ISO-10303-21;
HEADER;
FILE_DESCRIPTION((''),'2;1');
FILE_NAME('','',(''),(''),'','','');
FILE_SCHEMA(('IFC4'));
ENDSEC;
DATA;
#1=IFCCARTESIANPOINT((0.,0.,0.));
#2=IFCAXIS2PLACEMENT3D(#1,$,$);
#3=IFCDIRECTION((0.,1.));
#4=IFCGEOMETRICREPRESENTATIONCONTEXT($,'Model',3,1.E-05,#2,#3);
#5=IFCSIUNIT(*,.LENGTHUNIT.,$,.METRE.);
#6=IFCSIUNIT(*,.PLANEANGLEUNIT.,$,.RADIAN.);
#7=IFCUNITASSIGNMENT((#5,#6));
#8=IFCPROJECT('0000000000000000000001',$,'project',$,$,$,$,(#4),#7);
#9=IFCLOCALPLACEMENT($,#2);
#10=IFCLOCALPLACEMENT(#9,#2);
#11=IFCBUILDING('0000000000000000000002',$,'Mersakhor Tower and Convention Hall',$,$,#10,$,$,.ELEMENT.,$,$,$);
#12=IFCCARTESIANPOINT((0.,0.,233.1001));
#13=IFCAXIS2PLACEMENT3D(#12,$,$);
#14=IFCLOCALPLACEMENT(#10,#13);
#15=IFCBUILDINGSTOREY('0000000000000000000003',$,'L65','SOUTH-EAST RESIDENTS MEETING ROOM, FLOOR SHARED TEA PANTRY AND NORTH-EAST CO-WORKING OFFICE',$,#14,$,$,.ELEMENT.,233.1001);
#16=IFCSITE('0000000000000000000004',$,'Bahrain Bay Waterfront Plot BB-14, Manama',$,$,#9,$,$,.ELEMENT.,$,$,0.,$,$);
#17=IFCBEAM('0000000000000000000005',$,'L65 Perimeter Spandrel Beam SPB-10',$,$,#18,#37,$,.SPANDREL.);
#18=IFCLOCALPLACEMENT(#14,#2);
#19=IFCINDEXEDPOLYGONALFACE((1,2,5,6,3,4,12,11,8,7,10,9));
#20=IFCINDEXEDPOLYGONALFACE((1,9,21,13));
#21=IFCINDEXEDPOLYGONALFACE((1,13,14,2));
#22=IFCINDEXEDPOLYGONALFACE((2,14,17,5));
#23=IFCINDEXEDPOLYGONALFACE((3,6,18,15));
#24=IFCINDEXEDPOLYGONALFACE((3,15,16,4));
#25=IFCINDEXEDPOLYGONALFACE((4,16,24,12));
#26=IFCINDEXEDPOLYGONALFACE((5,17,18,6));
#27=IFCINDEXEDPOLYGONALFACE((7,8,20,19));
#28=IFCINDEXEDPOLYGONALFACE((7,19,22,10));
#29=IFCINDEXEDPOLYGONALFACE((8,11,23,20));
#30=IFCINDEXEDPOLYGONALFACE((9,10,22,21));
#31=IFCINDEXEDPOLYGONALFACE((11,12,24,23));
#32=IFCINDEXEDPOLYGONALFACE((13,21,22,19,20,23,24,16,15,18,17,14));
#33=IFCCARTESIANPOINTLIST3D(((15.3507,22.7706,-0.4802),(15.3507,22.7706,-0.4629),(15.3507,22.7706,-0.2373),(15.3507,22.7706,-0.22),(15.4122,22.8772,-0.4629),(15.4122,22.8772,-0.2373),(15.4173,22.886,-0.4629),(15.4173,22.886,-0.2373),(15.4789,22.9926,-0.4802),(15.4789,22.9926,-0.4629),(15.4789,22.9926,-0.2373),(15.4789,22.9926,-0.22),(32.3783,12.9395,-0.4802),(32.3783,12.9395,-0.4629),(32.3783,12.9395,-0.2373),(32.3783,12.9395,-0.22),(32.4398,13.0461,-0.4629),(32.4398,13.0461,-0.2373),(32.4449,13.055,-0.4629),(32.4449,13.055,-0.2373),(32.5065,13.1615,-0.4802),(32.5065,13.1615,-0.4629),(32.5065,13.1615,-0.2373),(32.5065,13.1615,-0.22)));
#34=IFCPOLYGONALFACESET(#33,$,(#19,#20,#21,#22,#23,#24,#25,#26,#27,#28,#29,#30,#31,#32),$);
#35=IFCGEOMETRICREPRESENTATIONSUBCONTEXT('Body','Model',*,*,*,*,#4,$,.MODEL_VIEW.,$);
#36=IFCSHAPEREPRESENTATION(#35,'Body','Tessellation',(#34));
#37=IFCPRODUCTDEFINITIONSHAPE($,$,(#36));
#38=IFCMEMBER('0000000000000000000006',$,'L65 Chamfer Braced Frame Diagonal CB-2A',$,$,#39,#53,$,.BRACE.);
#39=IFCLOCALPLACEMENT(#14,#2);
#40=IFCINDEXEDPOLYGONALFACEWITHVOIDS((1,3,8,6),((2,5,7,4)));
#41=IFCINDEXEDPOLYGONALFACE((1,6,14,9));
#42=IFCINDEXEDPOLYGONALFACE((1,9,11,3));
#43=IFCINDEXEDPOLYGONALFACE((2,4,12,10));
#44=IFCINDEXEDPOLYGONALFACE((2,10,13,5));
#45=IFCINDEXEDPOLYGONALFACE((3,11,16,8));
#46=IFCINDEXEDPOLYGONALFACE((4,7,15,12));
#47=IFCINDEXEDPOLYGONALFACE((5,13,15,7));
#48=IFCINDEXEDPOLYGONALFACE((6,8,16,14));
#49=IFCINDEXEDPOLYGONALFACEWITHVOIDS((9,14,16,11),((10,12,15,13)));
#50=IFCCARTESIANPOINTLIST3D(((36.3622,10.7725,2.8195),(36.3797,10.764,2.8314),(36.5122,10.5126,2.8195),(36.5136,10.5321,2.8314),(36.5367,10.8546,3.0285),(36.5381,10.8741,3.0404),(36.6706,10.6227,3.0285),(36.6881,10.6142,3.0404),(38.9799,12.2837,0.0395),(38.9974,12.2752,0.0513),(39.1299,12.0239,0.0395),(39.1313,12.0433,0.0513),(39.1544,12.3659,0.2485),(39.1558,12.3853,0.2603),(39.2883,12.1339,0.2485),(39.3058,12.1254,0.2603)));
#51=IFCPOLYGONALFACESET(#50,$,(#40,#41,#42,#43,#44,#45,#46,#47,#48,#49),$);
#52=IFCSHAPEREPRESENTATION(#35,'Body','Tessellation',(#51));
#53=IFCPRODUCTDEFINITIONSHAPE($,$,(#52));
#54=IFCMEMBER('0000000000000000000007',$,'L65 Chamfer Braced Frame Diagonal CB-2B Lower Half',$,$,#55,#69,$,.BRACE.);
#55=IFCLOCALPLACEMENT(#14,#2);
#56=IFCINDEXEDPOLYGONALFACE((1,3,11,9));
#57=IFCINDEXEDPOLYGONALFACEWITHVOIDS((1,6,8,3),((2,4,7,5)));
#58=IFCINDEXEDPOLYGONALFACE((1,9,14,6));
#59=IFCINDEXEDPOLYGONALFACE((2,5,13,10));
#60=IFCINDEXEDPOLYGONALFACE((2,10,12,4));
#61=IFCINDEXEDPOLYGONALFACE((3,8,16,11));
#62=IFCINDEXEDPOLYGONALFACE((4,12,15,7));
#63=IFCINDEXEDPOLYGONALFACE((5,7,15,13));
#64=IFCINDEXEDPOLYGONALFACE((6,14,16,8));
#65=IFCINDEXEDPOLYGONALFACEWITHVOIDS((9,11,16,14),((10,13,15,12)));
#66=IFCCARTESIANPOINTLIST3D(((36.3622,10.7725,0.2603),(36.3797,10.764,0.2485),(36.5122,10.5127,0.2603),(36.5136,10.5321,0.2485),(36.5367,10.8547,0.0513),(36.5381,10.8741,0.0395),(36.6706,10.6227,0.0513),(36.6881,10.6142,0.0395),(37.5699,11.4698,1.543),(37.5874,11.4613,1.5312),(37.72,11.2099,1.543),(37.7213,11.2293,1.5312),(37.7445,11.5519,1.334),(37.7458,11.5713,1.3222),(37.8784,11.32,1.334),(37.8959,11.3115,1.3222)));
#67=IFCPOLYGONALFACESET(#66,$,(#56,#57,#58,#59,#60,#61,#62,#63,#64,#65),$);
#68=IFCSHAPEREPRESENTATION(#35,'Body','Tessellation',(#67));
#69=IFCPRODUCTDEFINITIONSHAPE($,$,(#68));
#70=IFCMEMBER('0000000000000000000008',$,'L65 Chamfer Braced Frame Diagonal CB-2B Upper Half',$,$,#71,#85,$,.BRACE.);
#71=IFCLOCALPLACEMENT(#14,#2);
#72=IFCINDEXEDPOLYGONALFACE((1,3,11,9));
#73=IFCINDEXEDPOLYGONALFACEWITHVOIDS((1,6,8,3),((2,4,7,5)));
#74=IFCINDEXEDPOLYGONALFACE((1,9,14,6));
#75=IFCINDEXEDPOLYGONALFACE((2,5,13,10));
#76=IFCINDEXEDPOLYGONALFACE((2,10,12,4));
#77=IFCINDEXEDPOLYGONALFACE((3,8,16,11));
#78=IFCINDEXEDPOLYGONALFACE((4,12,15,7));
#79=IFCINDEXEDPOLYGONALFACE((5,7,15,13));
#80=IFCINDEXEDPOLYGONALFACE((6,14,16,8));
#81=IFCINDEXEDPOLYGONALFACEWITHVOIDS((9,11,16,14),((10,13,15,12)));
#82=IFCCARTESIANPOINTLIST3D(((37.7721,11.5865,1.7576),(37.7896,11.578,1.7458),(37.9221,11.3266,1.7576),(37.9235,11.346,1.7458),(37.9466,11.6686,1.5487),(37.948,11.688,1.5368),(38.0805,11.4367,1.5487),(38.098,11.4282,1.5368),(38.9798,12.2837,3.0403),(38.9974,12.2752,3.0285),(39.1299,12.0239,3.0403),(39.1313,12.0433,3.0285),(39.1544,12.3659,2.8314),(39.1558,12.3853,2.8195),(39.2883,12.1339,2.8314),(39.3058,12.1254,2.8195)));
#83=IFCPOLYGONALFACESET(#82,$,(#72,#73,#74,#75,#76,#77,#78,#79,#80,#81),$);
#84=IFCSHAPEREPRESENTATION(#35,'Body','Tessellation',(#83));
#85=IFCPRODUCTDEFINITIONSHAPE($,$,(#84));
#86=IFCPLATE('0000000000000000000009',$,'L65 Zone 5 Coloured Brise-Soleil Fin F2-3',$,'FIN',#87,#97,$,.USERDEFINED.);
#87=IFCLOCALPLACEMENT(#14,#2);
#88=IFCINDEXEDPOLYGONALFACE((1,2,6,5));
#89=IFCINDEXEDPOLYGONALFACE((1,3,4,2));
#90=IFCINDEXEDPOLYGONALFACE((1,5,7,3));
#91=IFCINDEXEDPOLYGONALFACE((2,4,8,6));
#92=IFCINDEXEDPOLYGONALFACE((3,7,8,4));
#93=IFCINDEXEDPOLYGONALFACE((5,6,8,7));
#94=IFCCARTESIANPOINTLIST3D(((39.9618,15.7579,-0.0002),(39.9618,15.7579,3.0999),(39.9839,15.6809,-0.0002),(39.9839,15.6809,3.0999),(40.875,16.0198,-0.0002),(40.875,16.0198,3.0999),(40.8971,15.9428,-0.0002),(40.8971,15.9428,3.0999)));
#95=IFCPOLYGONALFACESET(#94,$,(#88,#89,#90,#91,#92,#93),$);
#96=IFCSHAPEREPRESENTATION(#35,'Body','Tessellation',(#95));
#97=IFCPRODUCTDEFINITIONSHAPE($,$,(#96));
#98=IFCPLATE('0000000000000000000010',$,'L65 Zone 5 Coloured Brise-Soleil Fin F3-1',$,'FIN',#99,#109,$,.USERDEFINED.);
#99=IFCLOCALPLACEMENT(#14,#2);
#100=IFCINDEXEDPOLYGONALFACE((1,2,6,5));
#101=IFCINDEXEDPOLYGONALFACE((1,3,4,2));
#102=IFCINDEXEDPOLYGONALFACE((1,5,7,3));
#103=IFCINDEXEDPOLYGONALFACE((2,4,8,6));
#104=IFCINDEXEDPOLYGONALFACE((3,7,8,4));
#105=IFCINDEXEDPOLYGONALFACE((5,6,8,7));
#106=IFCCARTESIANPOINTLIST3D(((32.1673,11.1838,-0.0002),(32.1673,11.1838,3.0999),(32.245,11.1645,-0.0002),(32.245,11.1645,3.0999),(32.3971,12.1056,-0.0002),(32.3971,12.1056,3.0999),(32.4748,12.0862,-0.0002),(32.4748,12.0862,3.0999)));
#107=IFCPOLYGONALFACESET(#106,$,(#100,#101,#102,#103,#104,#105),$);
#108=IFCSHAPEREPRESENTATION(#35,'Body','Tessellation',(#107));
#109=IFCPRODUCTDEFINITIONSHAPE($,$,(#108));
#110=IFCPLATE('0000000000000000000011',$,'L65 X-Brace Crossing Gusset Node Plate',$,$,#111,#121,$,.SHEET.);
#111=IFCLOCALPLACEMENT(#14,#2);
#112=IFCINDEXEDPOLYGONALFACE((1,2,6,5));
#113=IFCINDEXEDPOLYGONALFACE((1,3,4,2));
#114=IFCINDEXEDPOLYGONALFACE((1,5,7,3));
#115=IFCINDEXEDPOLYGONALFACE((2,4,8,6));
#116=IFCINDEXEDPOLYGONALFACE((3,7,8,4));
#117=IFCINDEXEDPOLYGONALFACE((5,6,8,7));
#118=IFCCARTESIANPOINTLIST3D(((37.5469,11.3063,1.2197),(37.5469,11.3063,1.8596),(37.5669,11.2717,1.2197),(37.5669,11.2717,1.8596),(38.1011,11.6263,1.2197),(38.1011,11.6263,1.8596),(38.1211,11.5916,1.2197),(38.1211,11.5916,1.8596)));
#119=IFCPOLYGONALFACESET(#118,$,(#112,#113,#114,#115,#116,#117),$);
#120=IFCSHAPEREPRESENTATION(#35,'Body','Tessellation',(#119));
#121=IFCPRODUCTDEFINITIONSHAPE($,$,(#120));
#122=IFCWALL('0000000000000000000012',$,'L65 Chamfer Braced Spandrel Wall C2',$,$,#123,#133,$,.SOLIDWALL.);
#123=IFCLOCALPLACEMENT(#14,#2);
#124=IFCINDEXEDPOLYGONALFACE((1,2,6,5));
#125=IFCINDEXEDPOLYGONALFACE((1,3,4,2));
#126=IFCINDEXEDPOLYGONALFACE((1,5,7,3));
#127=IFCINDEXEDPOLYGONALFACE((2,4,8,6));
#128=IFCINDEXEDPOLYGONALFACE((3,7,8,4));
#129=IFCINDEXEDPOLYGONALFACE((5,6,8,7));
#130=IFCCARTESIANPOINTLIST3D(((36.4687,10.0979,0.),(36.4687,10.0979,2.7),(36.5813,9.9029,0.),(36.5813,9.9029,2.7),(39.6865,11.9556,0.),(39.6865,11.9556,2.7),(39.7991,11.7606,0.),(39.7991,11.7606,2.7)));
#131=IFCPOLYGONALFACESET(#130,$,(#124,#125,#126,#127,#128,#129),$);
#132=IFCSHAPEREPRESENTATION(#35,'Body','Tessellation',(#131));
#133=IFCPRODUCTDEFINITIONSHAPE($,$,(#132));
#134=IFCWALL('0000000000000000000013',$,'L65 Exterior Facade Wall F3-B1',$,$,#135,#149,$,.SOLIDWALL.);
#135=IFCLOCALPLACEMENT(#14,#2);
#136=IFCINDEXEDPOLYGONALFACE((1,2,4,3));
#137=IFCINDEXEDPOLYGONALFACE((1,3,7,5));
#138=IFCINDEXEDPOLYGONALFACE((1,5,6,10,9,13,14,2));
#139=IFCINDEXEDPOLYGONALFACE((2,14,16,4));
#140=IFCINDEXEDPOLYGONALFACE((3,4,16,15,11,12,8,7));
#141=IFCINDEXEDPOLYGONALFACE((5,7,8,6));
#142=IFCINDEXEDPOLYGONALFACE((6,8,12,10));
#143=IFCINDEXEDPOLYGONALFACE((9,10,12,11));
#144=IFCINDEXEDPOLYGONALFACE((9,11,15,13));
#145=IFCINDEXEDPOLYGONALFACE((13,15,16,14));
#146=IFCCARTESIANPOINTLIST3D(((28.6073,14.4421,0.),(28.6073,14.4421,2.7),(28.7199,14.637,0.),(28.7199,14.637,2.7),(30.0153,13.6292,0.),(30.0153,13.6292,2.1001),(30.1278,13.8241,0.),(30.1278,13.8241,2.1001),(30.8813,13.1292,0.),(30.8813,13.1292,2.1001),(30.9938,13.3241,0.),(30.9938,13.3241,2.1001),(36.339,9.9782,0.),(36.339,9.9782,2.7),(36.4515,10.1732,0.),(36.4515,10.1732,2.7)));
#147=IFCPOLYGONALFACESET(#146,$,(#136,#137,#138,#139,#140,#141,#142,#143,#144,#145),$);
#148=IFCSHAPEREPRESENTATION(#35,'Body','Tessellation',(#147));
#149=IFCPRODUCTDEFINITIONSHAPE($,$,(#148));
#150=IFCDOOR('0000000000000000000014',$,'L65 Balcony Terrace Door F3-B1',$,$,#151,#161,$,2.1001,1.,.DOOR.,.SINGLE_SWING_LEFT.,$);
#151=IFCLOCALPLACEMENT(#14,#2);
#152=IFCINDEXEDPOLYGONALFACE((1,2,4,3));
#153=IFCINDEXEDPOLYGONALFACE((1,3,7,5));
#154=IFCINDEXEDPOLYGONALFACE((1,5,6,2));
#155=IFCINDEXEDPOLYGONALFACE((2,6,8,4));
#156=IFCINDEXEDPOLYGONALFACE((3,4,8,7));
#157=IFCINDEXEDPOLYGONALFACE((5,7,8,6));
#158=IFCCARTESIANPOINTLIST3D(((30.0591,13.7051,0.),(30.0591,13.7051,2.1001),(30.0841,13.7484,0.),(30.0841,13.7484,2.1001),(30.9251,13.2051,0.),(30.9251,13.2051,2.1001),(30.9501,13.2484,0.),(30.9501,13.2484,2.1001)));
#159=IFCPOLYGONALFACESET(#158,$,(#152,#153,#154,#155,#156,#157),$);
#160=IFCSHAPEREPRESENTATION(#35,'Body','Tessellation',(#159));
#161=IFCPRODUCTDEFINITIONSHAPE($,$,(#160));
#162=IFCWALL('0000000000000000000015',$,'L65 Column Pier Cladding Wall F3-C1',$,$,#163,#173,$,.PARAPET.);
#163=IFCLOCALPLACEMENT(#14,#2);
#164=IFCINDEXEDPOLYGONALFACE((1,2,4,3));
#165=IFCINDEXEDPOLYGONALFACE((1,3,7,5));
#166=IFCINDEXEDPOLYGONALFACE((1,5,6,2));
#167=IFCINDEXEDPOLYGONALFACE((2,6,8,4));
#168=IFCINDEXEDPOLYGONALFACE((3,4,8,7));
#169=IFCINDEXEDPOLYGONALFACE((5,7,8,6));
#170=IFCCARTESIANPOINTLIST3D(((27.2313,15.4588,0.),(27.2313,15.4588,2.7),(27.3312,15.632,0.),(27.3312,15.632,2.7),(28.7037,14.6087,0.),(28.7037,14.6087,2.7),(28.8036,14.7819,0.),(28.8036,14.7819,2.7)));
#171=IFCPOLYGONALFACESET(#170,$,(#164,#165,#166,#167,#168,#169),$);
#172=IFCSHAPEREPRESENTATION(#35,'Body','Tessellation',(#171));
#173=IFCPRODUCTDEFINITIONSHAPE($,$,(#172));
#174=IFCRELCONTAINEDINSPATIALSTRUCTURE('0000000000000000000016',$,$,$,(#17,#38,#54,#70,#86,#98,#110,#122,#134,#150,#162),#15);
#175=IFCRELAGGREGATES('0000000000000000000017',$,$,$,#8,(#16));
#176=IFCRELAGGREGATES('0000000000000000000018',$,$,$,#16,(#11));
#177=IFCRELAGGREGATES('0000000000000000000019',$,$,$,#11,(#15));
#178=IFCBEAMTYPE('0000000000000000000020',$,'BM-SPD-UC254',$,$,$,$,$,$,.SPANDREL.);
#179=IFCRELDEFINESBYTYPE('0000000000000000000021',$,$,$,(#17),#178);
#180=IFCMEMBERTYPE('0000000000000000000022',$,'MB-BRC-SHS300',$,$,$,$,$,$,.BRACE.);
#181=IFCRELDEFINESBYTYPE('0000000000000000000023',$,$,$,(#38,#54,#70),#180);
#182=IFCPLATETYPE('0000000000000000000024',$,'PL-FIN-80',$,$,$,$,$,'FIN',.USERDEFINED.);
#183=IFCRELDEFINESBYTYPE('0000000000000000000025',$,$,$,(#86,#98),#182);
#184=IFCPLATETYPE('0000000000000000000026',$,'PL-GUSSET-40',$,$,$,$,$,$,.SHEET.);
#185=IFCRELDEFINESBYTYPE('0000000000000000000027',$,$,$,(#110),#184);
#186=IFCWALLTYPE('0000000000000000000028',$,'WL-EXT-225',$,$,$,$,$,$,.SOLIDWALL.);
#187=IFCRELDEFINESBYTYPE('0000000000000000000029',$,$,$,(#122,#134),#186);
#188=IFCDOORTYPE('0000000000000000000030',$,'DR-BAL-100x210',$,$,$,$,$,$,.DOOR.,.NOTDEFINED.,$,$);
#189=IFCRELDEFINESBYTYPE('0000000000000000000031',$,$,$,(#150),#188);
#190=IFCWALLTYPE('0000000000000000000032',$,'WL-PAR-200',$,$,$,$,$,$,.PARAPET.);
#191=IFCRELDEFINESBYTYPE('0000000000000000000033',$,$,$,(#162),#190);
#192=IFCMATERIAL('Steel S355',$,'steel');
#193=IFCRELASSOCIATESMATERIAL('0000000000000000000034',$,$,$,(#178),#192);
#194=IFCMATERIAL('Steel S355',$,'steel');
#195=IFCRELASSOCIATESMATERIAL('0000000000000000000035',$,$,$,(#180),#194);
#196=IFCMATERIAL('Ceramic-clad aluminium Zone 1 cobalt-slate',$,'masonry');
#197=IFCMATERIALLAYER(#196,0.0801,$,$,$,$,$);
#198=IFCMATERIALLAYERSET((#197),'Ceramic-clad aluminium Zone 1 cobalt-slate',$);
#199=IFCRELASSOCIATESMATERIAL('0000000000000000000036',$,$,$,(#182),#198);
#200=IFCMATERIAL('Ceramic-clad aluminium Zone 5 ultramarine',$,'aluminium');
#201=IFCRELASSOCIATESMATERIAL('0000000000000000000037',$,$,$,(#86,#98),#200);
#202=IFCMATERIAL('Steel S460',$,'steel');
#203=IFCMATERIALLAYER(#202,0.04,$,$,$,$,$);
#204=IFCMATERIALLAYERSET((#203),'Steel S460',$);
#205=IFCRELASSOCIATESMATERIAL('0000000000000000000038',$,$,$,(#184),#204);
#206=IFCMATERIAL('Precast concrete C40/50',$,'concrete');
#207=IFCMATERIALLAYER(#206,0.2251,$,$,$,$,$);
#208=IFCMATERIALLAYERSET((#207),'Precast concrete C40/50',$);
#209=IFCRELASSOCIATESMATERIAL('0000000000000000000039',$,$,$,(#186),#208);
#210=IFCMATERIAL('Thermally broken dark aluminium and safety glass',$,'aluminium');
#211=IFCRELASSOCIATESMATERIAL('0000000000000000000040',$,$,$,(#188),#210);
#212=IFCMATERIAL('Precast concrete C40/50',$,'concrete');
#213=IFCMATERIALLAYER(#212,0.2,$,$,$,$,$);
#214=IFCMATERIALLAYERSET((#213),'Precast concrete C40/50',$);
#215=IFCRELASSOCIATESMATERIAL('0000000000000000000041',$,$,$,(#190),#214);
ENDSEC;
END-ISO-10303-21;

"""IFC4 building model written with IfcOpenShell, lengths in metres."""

from ifc_helpers import new_model, si_unit, direction, frame, frame_2d, origin, origin_2d, place, context, subcontext, project, spatial, rectangle, hollow_rectangle, i_section, extrude, material, layer, layer_set, material_profile, profile_set, type_object, element, fill, save


model = new_model("IFC4")

# Units and contexts
model_context = context("Model", 3, precision=1e-05, world=origin(), true_north=direction((0.0, 1.0)))
body_context = subcontext(model_context, "Body", "Model", "MODEL_VIEW")
ifc_project = project(units=[si_unit("LENGTHUNIT", "METRE"), si_unit("PLANEANGLEUNIT", "RADIAN")], contexts=[model_context])

# Site, building, storey
site_placement = place(None, origin())
site = spatial("IfcSite", under=ifc_project, at=site_placement, Name="Bahrain Bay Waterfront Plot BB-14, Manama", CompositionType="ELEMENT", RefElevation=0.0)
building_placement = place(site_placement, origin())
building = spatial("IfcBuilding", under=site, at=building_placement, Name="Mersakhor Tower and Convention Hall", CompositionType="ELEMENT")
storey_placement = place(building_placement, frame((0.0, 0.0, 233.1001)))
storey = spatial("IfcBuildingStorey", under=building, at=storey_placement, Name="L65", Description="SOUTH-EAST RESIDENTS MEETING ROOM, FLOOR SHARED TEA PANTRY AND NORTH-EAST CO-WORKING OFFICE", CompositionType="ELEMENT", Elevation=233.1001)

# Beam
ifc_material_1 = material(Name="Steel S355", Category="steel")
ifc_material_profile_1 = material_profile(ifc_material_1, i_section(OverallWidth=0.2563, OverallDepth=0.2603, WebThickness=0.0103, FlangeThickness=0.0173, at=origin_2d()), Name="UC 254x254x89")
ifc_profile_set_1 = profile_set([ifc_material_profile_1], Name="Steel S355")
beam_type_1 = type_object("IfcBeamType", Name="BM-SPD-UC254", PredefinedType="SPANDREL", material=ifc_profile_set_1)
beam_1_placement = place(storey_placement, frame((32.4424, 13.0505, -0.3501), z_axis=(-0.866022, 0.500007, 0.0), x_axis=(-0.500007, -0.866022, 0.0)))
element("IfcBeam", 1, at=beam_1_placement, inside=storey, type_object=beam_type_1, Name="L65 Perimeter Spandrel Beam SPB-10", PredefinedType="SPANDREL", context=body_context, shape_type="SweptSolid", body=[
    extrude(i_section(OverallWidth=0.2563, OverallDepth=0.2603, WebThickness=0.0103, FlangeThickness=0.0173, at=origin_2d()), origin(), (0.0, 0.0, 1.0), 19.6619),
])

# Members
ifc_material_2 = material(Name="Steel S355", Category="steel")
ifc_material_profile_2 = material_profile(ifc_material_2, hollow_rectangle(XDim=0.3, YDim=0.3, WallThickness=0.0161, at=origin_2d()), Name="SHS 300x300x16")
ifc_profile_set_2 = profile_set([ifc_material_profile_2], Name="Steel S355")
member_type = type_object("IfcMemberType", Name="MB-BRC-SHS300", PredefinedType="BRACE", material=ifc_profile_set_2)
member_placement = place(storey_placement, frame((39.1428, 12.2046, 0.1499), z_axis=(-0.637423, -0.367996, 0.676957), x_axis=(0.499979, -0.866038, 0.0)))
element("IfcMember", 2, at=member_placement, inside=storey, type_object=member_type, Name="L65 Chamfer Braced Frame Diagonal CB-2A", PredefinedType="BRACE", context=body_context, shape_type="SweptSolid", body=[
    extrude(hollow_rectangle(XDim=0.3, YDim=0.3, WallThickness=0.0161, at=origin_2d()), origin(), (0.0, 0.0, 1.0), 4.1067),
])
for number, where, z_axis, x_axis, name in (
    (3, (36.5251, 10.6934, 0.1499), (0.637413, 0.367991, 0.676969), (-0.49998, 0.866037, 0.0), "L65 Chamfer Braced Frame Diagonal CB-2B Lower Half"),
    (4, (37.9351, 11.5073, 1.6472), (0.637413, 0.367991, 0.676969), (-0.49998, 0.866037, 0.0), "L65 Chamfer Braced Frame Diagonal CB-2B Upper Half"),
):
    element("IfcMember", number, at=place(storey_placement, frame(where, z_axis=z_axis, x_axis=x_axis)), inside=storey, type_object=member_type, Name=name, PredefinedType="BRACE", context=body_context, shape_type="SweptSolid", body=[
        extrude(hollow_rectangle(XDim=0.3, YDim=0.3, WallThickness=0.0161, at=origin_2d()), origin(), (0.0, 0.0, 1.0), 1.8948),
    ])

# Plates
ifc_material_3 = material(Name="Ceramic-clad aluminium Zone 5 ultramarine", Category="aluminium")
ifc_material_4 = material(Name="Ceramic-clad aluminium Zone 1 cobalt-slate", Category="masonry")
ifc_layer_1 = layer(ifc_material_4, 0.0801)
ifc_layer_set_1 = layer_set([ifc_layer_1], Name="Ceramic-clad aluminium Zone 1 cobalt-slate")
plate_type_1 = type_object("IfcPlateType", Name="PL-FIN-80", ElementType="FIN", PredefinedType="USERDEFINED", material=ifc_layer_set_1)
for number, where, z_axis, x_axis, name in (
    (5, (40.4294, 15.8503, -0.0002), (0.0, 0.0, 1.0), (0.961262, 0.275637, 0.0), "L65 Zone 5 Coloured Brise-Soleil Fin F2-3"),
    (6, (32.321, 11.635, -0.0002), (0.0, 0.0, 1.0), (-0.241922, -0.970296, 0.0), "L65 Zone 5 Coloured Brise-Soleil Fin F3-1"),
):
    element("IfcPlate", number, at=place(storey_placement, frame(where, z_axis=z_axis, x_axis=x_axis)), inside=storey, type_object=plate_type_1, material=ifc_material_3, Name=name, ObjectType="FIN", PredefinedType="USERDEFINED", context=body_context, shape_type="SweptSolid", body=[
        extrude(rectangle(XDim=0.95, YDim=0.0801, at=origin_2d()), origin(), (0.0, 0.0, 1.0), 3.1001),
    ])
ifc_material_5 = material(Name="Steel S460", Category="steel")
ifc_layer_2 = layer(ifc_material_5, 0.04)
ifc_layer_set_2 = layer_set([ifc_layer_2], Name="Steel S460")
plate_type_2 = type_object("IfcPlateType", Name="PL-GUSSET-40", PredefinedType="SHEET", material=ifc_layer_set_2)
plate_placement = place(storey_placement, frame((37.834, 11.449, 1.2197), z_axis=(0.0, 0.0, 1.0), x_axis=(0.866025, 0.5, 0.0)))
element("IfcPlate", 7, at=plate_placement, inside=storey, type_object=plate_type_2, Name="L65 X-Brace Crossing Gusset Node Plate", PredefinedType="SHEET", context=body_context, shape_type="SweptSolid", body=[
    extrude(rectangle(XDim=0.6399, YDim=0.04, at=origin_2d()), origin(), (0.0, 0.0, 1.0), 0.6399),
])

# Wall
ifc_material_6 = material(Name="Precast concrete C40/50", Category="concrete")
ifc_layer_3 = layer(ifc_material_6, 0.2251)
ifc_layer_set_3 = layer_set([ifc_layer_3], Name="Precast concrete C40/50")
wall_type_1 = type_object("IfcWallType", Name="WL-EXT-225", PredefinedType="SOLIDWALL", material=ifc_layer_set_3)
wall_1_placement = place(storey_placement, frame((39.7429, 11.8582, 0.0), z_axis=(0.0, 0.0, 1.0), x_axis=(-0.866039, -0.499977, 0.0)))
element("IfcWall", 8, at=wall_1_placement, inside=storey, type_object=wall_type_1, Name="L65 Chamfer Braced Spandrel Wall C2", PredefinedType="SOLIDWALL", context=body_context, shape_type="SweptSolid", body=[
    extrude(rectangle(XDim=3.7156, YDim=0.2251, at=frame_2d((1.8579, 0.0))), origin(), (0.0, 0.0, 1.0), 2.7),
])

# Wall, opening, door
wall_2_placement = place(storey_placement, frame((36.3953, 10.0757, 0.0), z_axis=(0.0, 0.0, 1.0), x_axis=(-0.866027, 0.499998, 0.0)))
wall_2 = element("IfcWall", 9, at=wall_2_placement, inside=storey, type_object=wall_type_1, Name="L65 Exterior Facade Wall F3-B1", PredefinedType="SOLIDWALL", context=body_context, shape_type="SweptSolid", body=[
    extrude(rectangle(XDim=8.9277, YDim=0.2251, at=frame_2d((4.4639, 0.0))), origin(), (0.0, 0.0, 1.0), 2.7),
])
opening_1_placement = place(wall_2_placement, frame((6.302, 0.0, 0.0)))
opening_1 = element("IfcOpeningElement", 10, at=opening_1_placement, cuts=wall_2, PredefinedType="OPENING", context=body_context, shape_type="SweptSolid", body=[
    extrude(rectangle(XDim=1.0, YDim=2.1001, at=frame_2d((0.5, 1.05))), frame((0.0, 0.1226, 0.0), z_axis=(0.0, -1.0, 0.0), x_axis=(1.0, 0.0, 0.0)), (0.0, 0.0, 1.0), 0.2451),
])
ifc_material_7 = material(Name="Thermally broken dark aluminium and safety glass", Category="aluminium")
door_type_1 = type_object("IfcDoorType", Name="DR-BAL-100x210", OperationType="NOTDEFINED", PredefinedType="DOOR", material=ifc_material_7)
door_1_placement = place(opening_1_placement, origin())
door_1 = element("IfcDoor", 11, at=door_1_placement, inside=storey, type_object=door_type_1, Name="L65 Balcony Terrace Door F3-B1", OperationType="SINGLE_SWING_LEFT", OverallHeight=2.1001, OverallWidth=1.0, PredefinedType="DOOR", context=body_context, shape_type="SweptSolid", body=[
    extrude(rectangle(XDim=1.0, YDim=2.1001, at=frame_2d((0.5, 1.05))), frame((0.0, 0.0249, 0.0), z_axis=(0.0, -1.0, 0.0), x_axis=(1.0, 0.0, 0.0)), (0.0, 0.0, 1.0), 0.05),
])
fill(opening_1, door_1)

# Wall
ifc_material_8 = material(Name="Precast concrete C40/50", Category="concrete")
ifc_layer_4 = layer(ifc_material_8, 0.2)
ifc_layer_set_4 = layer_set([ifc_layer_4], Name="Precast concrete C40/50")
wall_type_2 = type_object("IfcWallType", Name="WL-PAR-200", PredefinedType="PARAPET", material=ifc_layer_set_4)
wall_3_placement = place(storey_placement, frame((28.7537, 14.6953, 0.0), z_axis=(0.0, 0.0, 1.0), x_axis=(-0.866025, 0.5, 0.0)))
element("IfcWall", 12, at=wall_3_placement, inside=storey, type_object=wall_type_2, Name="L65 Column Pier Cladding Wall F3-C1", PredefinedType="PARAPET", context=body_context, shape_type="SweptSolid", body=[
    extrude(rectangle(XDim=1.7002, YDim=0.2, at=frame_2d((0.8501, 0.0))), origin(), (0.0, 0.0, 1.0), 2.7),
])

save(model, "model.ifc")
